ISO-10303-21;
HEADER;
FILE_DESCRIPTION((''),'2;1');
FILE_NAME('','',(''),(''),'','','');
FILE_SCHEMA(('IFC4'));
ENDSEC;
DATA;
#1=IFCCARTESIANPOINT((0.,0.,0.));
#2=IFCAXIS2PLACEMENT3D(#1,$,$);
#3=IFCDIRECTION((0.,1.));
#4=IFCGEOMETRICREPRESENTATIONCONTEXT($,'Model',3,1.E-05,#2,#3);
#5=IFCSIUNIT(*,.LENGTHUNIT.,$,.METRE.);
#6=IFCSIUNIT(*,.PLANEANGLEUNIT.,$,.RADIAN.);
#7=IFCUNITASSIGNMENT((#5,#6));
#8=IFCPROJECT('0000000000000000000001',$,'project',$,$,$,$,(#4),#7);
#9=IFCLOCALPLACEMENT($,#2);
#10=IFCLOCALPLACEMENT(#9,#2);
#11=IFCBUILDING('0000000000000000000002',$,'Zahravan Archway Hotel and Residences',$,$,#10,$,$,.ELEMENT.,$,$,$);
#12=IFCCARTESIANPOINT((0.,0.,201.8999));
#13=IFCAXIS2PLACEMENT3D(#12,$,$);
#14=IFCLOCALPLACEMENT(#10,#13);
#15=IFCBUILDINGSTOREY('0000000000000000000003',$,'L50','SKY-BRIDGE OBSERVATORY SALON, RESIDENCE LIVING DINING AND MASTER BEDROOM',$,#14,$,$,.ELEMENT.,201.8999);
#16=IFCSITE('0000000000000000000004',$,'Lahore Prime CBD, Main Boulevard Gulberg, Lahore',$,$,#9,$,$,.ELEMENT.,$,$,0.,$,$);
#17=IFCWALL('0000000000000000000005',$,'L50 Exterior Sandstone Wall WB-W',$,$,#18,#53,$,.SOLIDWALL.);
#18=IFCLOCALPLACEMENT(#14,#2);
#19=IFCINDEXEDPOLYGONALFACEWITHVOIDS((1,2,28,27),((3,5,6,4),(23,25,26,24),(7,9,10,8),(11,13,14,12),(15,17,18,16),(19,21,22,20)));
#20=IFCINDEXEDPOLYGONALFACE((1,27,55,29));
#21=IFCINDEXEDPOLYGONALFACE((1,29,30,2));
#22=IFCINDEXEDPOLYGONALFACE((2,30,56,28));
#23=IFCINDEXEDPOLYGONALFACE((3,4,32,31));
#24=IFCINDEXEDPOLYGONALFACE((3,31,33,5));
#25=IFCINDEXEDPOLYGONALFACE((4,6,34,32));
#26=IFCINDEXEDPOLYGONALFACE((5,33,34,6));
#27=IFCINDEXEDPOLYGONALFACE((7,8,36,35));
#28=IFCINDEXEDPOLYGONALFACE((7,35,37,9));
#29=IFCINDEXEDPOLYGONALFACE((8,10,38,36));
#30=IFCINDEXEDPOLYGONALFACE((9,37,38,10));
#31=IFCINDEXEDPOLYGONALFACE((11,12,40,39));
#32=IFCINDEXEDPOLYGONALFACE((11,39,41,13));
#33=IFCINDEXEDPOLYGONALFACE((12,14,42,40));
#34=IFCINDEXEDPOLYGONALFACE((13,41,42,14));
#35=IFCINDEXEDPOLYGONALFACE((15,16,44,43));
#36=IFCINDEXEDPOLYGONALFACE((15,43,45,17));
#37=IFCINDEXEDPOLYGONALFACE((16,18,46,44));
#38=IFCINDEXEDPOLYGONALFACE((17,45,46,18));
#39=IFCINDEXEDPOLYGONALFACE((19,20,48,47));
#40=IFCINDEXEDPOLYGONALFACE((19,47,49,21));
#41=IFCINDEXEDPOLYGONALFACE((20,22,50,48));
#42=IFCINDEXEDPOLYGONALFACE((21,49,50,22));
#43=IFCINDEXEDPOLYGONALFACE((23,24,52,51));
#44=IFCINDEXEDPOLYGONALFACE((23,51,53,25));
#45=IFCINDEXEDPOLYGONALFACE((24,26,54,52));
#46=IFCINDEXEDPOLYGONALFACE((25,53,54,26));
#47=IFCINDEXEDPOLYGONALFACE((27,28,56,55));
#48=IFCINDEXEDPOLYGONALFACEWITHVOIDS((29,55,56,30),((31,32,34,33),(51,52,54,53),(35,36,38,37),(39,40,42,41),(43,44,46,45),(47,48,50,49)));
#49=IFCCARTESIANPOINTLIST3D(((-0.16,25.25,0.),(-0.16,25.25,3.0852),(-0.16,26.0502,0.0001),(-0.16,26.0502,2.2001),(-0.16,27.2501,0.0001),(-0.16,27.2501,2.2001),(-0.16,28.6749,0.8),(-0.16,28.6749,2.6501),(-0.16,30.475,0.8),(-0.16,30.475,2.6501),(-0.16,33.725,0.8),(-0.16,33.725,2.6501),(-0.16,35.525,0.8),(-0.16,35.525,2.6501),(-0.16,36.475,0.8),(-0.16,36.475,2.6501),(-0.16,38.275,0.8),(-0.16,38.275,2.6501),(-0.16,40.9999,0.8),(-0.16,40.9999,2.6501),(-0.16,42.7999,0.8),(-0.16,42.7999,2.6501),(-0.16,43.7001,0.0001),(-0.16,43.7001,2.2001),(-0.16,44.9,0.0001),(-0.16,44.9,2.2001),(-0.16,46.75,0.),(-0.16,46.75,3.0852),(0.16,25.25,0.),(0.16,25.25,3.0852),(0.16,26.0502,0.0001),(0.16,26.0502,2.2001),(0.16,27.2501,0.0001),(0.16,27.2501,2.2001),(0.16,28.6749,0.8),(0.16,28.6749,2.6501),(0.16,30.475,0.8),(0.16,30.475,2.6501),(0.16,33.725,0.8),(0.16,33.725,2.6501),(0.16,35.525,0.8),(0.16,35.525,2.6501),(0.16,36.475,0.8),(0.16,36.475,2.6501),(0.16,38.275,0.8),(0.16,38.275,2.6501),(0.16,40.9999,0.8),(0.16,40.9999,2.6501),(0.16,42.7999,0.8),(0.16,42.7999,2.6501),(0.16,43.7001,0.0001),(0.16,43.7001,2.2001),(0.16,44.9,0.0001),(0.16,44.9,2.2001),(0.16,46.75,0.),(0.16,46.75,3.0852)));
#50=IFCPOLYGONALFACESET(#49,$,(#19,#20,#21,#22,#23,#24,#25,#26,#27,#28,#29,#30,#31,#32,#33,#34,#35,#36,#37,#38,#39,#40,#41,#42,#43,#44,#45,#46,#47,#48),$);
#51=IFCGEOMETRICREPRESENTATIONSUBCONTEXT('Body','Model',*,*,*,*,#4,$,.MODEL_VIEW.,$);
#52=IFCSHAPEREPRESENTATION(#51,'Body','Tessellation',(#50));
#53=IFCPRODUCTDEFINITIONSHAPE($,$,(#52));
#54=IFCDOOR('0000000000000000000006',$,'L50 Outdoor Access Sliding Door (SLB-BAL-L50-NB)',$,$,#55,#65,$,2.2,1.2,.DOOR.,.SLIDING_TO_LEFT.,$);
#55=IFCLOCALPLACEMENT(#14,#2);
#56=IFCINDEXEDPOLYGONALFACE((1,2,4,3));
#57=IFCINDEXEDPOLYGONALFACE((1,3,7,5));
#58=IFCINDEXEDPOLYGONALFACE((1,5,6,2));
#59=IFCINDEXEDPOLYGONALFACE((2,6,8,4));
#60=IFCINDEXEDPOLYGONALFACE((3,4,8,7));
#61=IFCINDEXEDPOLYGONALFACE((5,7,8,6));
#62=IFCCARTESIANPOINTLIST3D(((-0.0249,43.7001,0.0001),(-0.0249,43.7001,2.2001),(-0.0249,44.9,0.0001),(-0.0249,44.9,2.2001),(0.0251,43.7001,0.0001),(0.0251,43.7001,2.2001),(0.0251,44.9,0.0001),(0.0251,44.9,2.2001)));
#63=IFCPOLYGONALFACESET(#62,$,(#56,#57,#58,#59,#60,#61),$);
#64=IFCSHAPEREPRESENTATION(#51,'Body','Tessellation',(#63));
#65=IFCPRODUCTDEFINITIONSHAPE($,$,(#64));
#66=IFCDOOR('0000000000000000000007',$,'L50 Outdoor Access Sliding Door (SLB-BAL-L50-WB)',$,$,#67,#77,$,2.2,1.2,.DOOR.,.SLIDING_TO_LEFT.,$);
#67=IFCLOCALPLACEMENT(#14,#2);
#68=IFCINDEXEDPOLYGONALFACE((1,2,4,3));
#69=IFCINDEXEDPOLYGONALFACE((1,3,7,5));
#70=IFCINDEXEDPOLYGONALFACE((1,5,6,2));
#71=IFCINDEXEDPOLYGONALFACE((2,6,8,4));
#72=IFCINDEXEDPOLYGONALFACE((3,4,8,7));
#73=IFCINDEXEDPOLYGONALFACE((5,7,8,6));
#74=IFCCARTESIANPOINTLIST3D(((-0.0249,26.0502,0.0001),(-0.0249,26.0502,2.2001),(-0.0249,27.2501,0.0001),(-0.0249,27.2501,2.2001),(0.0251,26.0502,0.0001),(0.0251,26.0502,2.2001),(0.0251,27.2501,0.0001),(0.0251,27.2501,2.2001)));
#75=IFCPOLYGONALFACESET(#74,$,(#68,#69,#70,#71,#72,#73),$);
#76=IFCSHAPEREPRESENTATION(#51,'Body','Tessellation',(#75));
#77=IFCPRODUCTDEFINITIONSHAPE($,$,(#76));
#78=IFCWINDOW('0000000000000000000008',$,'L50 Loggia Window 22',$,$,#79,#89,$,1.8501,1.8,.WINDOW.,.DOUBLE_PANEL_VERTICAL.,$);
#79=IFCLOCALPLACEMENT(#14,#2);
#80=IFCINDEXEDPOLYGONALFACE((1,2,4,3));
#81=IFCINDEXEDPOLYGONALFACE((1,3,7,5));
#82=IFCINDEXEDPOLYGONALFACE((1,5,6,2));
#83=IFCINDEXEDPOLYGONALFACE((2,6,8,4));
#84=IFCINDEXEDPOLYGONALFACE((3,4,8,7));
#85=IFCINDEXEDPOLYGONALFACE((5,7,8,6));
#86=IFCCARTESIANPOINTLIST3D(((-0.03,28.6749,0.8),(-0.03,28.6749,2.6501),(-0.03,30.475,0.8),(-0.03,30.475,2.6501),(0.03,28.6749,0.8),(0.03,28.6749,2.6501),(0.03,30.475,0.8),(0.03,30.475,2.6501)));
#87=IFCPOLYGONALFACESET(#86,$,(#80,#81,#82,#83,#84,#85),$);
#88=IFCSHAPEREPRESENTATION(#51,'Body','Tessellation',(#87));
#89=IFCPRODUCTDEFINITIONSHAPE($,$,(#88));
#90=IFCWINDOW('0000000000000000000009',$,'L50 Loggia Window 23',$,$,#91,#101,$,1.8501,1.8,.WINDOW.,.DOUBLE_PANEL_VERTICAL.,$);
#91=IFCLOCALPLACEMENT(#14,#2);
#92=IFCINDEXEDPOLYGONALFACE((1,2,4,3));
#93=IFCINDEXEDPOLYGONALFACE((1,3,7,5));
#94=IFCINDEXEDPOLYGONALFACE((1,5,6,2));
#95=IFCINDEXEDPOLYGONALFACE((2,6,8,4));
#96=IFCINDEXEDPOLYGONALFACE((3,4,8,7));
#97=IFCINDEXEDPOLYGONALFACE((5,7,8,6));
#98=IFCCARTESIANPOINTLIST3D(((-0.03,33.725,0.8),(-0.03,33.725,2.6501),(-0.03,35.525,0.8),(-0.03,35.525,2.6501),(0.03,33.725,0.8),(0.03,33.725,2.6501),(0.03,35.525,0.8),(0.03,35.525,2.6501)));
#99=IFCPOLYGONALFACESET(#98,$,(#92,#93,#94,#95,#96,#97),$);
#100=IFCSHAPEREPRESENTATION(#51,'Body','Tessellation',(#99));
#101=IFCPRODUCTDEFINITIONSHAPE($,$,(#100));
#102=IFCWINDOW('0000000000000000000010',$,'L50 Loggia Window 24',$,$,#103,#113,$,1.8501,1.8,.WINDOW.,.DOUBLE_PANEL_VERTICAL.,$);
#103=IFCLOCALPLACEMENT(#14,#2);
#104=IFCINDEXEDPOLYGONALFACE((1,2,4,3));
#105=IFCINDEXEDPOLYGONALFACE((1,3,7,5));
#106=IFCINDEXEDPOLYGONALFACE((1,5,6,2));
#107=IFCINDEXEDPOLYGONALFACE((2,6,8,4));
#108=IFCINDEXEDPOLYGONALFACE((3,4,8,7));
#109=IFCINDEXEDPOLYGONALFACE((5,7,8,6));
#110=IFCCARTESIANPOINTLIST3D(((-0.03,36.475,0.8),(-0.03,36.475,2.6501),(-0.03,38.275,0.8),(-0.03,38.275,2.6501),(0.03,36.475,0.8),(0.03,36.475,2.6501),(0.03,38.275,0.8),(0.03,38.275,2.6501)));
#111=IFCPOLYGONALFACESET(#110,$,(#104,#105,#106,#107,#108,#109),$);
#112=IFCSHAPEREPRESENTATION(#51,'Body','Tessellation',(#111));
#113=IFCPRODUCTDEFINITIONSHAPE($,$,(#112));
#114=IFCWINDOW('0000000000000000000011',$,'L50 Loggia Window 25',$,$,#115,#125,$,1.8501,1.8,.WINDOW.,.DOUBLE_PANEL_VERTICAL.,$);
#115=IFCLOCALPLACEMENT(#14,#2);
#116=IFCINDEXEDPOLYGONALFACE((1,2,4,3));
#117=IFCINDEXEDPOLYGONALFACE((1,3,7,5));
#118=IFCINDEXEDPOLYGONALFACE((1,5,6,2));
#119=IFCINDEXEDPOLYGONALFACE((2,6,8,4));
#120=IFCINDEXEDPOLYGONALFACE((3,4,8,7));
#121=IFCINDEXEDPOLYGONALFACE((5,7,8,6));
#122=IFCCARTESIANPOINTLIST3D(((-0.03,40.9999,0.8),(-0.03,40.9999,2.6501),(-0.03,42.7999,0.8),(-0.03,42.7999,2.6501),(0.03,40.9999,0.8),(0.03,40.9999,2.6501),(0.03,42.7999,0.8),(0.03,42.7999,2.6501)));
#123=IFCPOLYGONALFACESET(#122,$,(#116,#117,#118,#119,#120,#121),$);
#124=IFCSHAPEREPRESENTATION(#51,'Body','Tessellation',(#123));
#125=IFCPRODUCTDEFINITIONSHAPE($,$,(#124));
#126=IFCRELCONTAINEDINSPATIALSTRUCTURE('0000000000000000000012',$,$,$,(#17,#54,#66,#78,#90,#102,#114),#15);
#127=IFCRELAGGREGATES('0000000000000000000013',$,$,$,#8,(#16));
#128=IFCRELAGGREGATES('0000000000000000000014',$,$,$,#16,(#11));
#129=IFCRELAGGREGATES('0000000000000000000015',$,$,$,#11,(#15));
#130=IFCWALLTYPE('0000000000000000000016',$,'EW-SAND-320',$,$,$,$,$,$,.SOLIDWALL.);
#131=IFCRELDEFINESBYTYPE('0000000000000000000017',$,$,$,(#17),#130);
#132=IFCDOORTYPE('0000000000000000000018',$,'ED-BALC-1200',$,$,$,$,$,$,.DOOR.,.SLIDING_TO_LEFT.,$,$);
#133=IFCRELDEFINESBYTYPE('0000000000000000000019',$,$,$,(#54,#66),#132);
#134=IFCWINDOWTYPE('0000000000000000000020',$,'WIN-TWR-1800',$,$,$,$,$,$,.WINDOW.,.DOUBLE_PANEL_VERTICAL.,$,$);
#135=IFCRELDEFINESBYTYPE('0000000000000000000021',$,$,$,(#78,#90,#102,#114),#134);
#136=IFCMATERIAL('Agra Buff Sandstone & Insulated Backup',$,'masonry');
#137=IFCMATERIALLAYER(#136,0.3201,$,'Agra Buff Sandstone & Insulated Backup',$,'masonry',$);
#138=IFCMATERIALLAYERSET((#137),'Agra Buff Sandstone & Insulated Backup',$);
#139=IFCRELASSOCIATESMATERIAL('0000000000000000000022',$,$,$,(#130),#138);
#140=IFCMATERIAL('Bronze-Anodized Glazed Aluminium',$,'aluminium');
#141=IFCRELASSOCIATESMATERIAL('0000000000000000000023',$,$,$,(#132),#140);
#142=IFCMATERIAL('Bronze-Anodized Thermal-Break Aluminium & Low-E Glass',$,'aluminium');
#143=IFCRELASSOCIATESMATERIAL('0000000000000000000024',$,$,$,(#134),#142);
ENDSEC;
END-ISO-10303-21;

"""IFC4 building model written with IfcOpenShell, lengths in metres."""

from ifc_helpers import new_model, si_unit, direction, frame, frame_2d, origin, place, context, subcontext, project, spatial, rectangle, extrude, source, transform, mapped, material, layer, layer_set, type_object, type_shapes, element, fill, save


model = new_model("IFC4")

# Units and contexts
model_context = context("Model", 3, precision=1e-05, world=origin(), true_north=direction((0.0, 1.0)))
body_context = subcontext(model_context, "Body", "Model", "MODEL_VIEW")
ifc_project = project(units=[si_unit("LENGTHUNIT", "METRE"), si_unit("PLANEANGLEUNIT", "RADIAN")], contexts=[model_context])

# Site, building, storey
site_placement = place(None, origin())
site = spatial("IfcSite", under=ifc_project, at=site_placement, Name="Lahore Prime CBD, Main Boulevard Gulberg, Lahore", CompositionType="ELEMENT", RefElevation=0.0)
building_placement = place(site_placement, origin())
building = spatial("IfcBuilding", under=site, at=building_placement, Name="Zahravan Archway Hotel and Residences", CompositionType="ELEMENT")
storey_placement = place(building_placement, frame((0.0, 0.0, 201.8999)))
storey = spatial("IfcBuildingStorey", under=building, at=storey_placement, Name="L50", Description="SKY-BRIDGE OBSERVATORY SALON, RESIDENCE LIVING DINING AND MASTER BEDROOM", CompositionType="ELEMENT", Elevation=201.8999)

# Shared definitions
ifc_material_1 = material(Name="Agra Buff Sandstone & Insulated Backup", Category="masonry")
ifc_layer_1 = layer(ifc_material_1, 0.3201, Name="Agra Buff Sandstone & Insulated Backup", Category="masonry")
ifc_layer_set_1 = layer_set([ifc_layer_1], Name="Agra Buff Sandstone & Insulated Backup")
wall_type_1 = type_object("IfcWallType", Name="EW-SAND-320", PredefinedType="SOLIDWALL", material=ifc_layer_set_1)
ifc_material_2 = material(Name="Bronze-Anodized Thermal-Break Aluminium & Low-E Glass", Category="aluminium")

# Wall, openings, doors, windows
wall_1_placement = place(storey_placement, frame((0.0, 25.25, 0.0), z_axis=(0.0, 0.0, 1.0), x_axis=(0.0, 1.0, 0.0)))
wall_1 = element("IfcWall", 1, at=wall_1_placement, inside=storey, type_object=wall_type_1, Name="L50 Exterior Sandstone Wall WB-W", PredefinedType="SOLIDWALL", context=body_context, shape_type="SweptSolid", body=[
    extrude(rectangle(XDim=21.5, YDim=0.3201, at=frame_2d((10.75, 0.0))), origin(), (0.0, 0.0, 1.0), 3.0852),
])
opening_1_placement = place(wall_1_placement, frame((18.45, 0.0, 0.0)))
opening_1 = element("IfcOpeningElement", 2, at=opening_1_placement, cuts=wall_1, PredefinedType="OPENING", context=body_context, shape_type="SweptSolid", body=[
    extrude(rectangle(XDim=1.2, YDim=2.2, at=frame_2d((0.6001, 1.1001))), frame((0.0, 0.1699, 0.0), z_axis=(0.0, -1.0, 0.0), x_axis=(1.0, 0.0, 0.0)), (0.0, 0.0, 1.0), 0.3401),
])
opening_2_placement = place(wall_1_placement, frame((0.8, 0.0, 0.0)))
opening_2 = element("IfcOpeningElement", 3, at=opening_2_placement, cuts=wall_1, PredefinedType="OPENING", context=body_context, shape_type="SweptSolid", body=[
    extrude(rectangle(XDim=1.2, YDim=2.2, at=frame_2d((0.6001, 1.1001))), frame((0.0, 0.1699, 0.0), z_axis=(0.0, -1.0, 0.0), x_axis=(1.0, 0.0, 0.0)), (0.0, 0.0, 1.0), 0.3401),
])
opening_3_placement = place(wall_1_placement, frame((3.425, 0.0, 0.8)))
opening_3 = element("IfcOpeningElement", 4, at=opening_3_placement, cuts=wall_1, PredefinedType="OPENING", context=body_context, shape_type="SweptSolid", body=[
    extrude(rectangle(XDim=1.8, YDim=1.8501, at=frame_2d((0.8999, 0.925))), frame((0.0, 0.1699, 0.0), z_axis=(0.0, -1.0, 0.0), x_axis=(1.0, 0.0, 0.0)), (0.0, 0.0, 1.0), 0.3401),
])
opening_4_placement = place(wall_1_placement, frame((8.4751, 0.0, 0.8)))
opening_4 = element("IfcOpeningElement", 5, at=opening_4_placement, cuts=wall_1, PredefinedType="OPENING", context=body_context, shape_type="SweptSolid", body=[
    extrude(rectangle(XDim=1.8, YDim=1.8501, at=frame_2d((0.8999, 0.925))), frame((0.0, 0.1699, 0.0), z_axis=(0.0, -1.0, 0.0), x_axis=(1.0, 0.0, 0.0)), (0.0, 0.0, 1.0), 0.3401),
])
opening_5_placement = place(wall_1_placement, frame((11.2251, 0.0, 0.8)))
opening_5 = element("IfcOpeningElement", 6, at=opening_5_placement, cuts=wall_1, PredefinedType="OPENING", context=body_context, shape_type="SweptSolid", body=[
    extrude(rectangle(XDim=1.8, YDim=1.8501, at=frame_2d((0.8999, 0.925))), frame((0.0, 0.1699, 0.0), z_axis=(0.0, -1.0, 0.0), x_axis=(1.0, 0.0, 0.0)), (0.0, 0.0, 1.0), 0.3401),
])
opening_6_placement = place(wall_1_placement, frame((15.75, 0.0, 0.8)))
opening_6 = element("IfcOpeningElement", 7, at=opening_6_placement, cuts=wall_1, PredefinedType="OPENING", context=body_context, shape_type="SweptSolid", body=[
    extrude(rectangle(XDim=1.8, YDim=1.8501, at=frame_2d((0.8999, 0.925))), frame((0.0, 0.1699, 0.0), z_axis=(0.0, -1.0, 0.0), x_axis=(1.0, 0.0, 0.0)), (0.0, 0.0, 1.0), 0.3401),
])
ifc_material_3 = material(Name="Bronze-Anodized Glazed Aluminium", Category="aluminium")
door_type = type_object("IfcDoorType", Name="ED-BALC-1200", OperationType="SLIDING_TO_LEFT", PredefinedType="DOOR", material=ifc_material_3)
shared_shape_1 = source(origin(), body_context, "Body", "SweptSolid", [
    extrude(rectangle(XDim=1.2, YDim=2.2, at=frame_2d((0.6001, 1.1001))), frame((0.0, 0.0249, 0.0), z_axis=(0.0, -1.0, 0.0), x_axis=(1.0, 0.0, 0.0)), (0.0, 0.0, 1.0), 0.05),
])
type_shapes(door_type, [shared_shape_1])
door_1_placement = place(opening_1_placement, origin())
door_1 = element("IfcDoor", 8, at=door_1_placement, inside=storey, type_object=door_type, Name="L50 Outdoor Access Sliding Door (SLB-BAL-L50-NB)", OperationType="SLIDING_TO_LEFT", OverallHeight=2.2, OverallWidth=1.2, PredefinedType="DOOR", context=body_context, shape_type="MappedRepresentation", body=[
    mapped(shared_shape_1, transform((0.0, 0.0, 0.0), scale=1.0)),
])
fill(opening_1, door_1)
door_2_placement = place(opening_2_placement, origin())
door_2 = element("IfcDoor", 9, at=door_2_placement, inside=storey, type_object=door_type, Name="L50 Outdoor Access Sliding Door (SLB-BAL-L50-WB)", OperationType="SLIDING_TO_LEFT", OverallHeight=2.2, OverallWidth=1.2, PredefinedType="DOOR", context=body_context, shape_type="MappedRepresentation", body=[
    mapped(shared_shape_1, transform((0.0, 0.0, 0.0), scale=1.0)),
])
fill(opening_2, door_2)
window_type_1 = type_object("IfcWindowType", Name="WIN-TWR-1800", PartitioningType="DOUBLE_PANEL_VERTICAL", PredefinedType="WINDOW", material=ifc_material_2)
shared_shape_2 = source(origin(), body_context, "Body", "SweptSolid", [
    extrude(rectangle(XDim=1.8, YDim=1.8501, at=frame_2d((0.8999, 0.925))), frame((0.0, 0.03, 0.0), z_axis=(0.0, -1.0, 0.0), x_axis=(1.0, 0.0, 0.0)), (0.0, 0.0, 1.0), 0.0601),
])
type_shapes(window_type_1, [shared_shape_2])
window_1_placement = place(opening_3_placement, origin())
window_1 = element("IfcWindow", 10, at=window_1_placement, inside=storey, type_object=window_type_1, Name="L50 Loggia Window 22", OverallHeight=1.8501, OverallWidth=1.8, PartitioningType="DOUBLE_PANEL_VERTICAL", PredefinedType="WINDOW", context=body_context, shape_type="MappedRepresentation", body=[
    mapped(shared_shape_2, transform((0.0, 0.0, 0.0), scale=1.0)),
])
fill(opening_3, window_1)
window_2_placement = place(opening_4_placement, origin())
window_2 = element("IfcWindow", 11, at=window_2_placement, inside=storey, type_object=window_type_1, Name="L50 Loggia Window 23", OverallHeight=1.8501, OverallWidth=1.8, PartitioningType="DOUBLE_PANEL_VERTICAL", PredefinedType="WINDOW", context=body_context, shape_type="MappedRepresentation", body=[
    mapped(shared_shape_2, transform((0.0, 0.0, 0.0), scale=1.0)),
])
fill(opening_4, window_2)
window_3_placement = place(opening_5_placement, origin())
window_3 = element("IfcWindow", 12, at=window_3_placement, inside=storey, type_object=window_type_1, Name="L50 Loggia Window 24", OverallHeight=1.8501, OverallWidth=1.8, PartitioningType="DOUBLE_PANEL_VERTICAL", PredefinedType="WINDOW", context=body_context, shape_type="MappedRepresentation", body=[
    mapped(shared_shape_2, transform((0.0, 0.0, 0.0), scale=1.0)),
])
fill(opening_5, window_3)
window_4_placement = place(opening_6_placement, origin())
window_4 = element("IfcWindow", 13, at=window_4_placement, inside=storey, type_object=window_type_1, Name="L50 Loggia Window 25", OverallHeight=1.8501, OverallWidth=1.8, PartitioningType="DOUBLE_PANEL_VERTICAL", PredefinedType="WINDOW", context=body_context, shape_type="MappedRepresentation", body=[
    mapped(shared_shape_2, transform((0.0, 0.0, 0.0), scale=1.0)),
])
fill(opening_6, window_4)

save(model, "model.ifc")
